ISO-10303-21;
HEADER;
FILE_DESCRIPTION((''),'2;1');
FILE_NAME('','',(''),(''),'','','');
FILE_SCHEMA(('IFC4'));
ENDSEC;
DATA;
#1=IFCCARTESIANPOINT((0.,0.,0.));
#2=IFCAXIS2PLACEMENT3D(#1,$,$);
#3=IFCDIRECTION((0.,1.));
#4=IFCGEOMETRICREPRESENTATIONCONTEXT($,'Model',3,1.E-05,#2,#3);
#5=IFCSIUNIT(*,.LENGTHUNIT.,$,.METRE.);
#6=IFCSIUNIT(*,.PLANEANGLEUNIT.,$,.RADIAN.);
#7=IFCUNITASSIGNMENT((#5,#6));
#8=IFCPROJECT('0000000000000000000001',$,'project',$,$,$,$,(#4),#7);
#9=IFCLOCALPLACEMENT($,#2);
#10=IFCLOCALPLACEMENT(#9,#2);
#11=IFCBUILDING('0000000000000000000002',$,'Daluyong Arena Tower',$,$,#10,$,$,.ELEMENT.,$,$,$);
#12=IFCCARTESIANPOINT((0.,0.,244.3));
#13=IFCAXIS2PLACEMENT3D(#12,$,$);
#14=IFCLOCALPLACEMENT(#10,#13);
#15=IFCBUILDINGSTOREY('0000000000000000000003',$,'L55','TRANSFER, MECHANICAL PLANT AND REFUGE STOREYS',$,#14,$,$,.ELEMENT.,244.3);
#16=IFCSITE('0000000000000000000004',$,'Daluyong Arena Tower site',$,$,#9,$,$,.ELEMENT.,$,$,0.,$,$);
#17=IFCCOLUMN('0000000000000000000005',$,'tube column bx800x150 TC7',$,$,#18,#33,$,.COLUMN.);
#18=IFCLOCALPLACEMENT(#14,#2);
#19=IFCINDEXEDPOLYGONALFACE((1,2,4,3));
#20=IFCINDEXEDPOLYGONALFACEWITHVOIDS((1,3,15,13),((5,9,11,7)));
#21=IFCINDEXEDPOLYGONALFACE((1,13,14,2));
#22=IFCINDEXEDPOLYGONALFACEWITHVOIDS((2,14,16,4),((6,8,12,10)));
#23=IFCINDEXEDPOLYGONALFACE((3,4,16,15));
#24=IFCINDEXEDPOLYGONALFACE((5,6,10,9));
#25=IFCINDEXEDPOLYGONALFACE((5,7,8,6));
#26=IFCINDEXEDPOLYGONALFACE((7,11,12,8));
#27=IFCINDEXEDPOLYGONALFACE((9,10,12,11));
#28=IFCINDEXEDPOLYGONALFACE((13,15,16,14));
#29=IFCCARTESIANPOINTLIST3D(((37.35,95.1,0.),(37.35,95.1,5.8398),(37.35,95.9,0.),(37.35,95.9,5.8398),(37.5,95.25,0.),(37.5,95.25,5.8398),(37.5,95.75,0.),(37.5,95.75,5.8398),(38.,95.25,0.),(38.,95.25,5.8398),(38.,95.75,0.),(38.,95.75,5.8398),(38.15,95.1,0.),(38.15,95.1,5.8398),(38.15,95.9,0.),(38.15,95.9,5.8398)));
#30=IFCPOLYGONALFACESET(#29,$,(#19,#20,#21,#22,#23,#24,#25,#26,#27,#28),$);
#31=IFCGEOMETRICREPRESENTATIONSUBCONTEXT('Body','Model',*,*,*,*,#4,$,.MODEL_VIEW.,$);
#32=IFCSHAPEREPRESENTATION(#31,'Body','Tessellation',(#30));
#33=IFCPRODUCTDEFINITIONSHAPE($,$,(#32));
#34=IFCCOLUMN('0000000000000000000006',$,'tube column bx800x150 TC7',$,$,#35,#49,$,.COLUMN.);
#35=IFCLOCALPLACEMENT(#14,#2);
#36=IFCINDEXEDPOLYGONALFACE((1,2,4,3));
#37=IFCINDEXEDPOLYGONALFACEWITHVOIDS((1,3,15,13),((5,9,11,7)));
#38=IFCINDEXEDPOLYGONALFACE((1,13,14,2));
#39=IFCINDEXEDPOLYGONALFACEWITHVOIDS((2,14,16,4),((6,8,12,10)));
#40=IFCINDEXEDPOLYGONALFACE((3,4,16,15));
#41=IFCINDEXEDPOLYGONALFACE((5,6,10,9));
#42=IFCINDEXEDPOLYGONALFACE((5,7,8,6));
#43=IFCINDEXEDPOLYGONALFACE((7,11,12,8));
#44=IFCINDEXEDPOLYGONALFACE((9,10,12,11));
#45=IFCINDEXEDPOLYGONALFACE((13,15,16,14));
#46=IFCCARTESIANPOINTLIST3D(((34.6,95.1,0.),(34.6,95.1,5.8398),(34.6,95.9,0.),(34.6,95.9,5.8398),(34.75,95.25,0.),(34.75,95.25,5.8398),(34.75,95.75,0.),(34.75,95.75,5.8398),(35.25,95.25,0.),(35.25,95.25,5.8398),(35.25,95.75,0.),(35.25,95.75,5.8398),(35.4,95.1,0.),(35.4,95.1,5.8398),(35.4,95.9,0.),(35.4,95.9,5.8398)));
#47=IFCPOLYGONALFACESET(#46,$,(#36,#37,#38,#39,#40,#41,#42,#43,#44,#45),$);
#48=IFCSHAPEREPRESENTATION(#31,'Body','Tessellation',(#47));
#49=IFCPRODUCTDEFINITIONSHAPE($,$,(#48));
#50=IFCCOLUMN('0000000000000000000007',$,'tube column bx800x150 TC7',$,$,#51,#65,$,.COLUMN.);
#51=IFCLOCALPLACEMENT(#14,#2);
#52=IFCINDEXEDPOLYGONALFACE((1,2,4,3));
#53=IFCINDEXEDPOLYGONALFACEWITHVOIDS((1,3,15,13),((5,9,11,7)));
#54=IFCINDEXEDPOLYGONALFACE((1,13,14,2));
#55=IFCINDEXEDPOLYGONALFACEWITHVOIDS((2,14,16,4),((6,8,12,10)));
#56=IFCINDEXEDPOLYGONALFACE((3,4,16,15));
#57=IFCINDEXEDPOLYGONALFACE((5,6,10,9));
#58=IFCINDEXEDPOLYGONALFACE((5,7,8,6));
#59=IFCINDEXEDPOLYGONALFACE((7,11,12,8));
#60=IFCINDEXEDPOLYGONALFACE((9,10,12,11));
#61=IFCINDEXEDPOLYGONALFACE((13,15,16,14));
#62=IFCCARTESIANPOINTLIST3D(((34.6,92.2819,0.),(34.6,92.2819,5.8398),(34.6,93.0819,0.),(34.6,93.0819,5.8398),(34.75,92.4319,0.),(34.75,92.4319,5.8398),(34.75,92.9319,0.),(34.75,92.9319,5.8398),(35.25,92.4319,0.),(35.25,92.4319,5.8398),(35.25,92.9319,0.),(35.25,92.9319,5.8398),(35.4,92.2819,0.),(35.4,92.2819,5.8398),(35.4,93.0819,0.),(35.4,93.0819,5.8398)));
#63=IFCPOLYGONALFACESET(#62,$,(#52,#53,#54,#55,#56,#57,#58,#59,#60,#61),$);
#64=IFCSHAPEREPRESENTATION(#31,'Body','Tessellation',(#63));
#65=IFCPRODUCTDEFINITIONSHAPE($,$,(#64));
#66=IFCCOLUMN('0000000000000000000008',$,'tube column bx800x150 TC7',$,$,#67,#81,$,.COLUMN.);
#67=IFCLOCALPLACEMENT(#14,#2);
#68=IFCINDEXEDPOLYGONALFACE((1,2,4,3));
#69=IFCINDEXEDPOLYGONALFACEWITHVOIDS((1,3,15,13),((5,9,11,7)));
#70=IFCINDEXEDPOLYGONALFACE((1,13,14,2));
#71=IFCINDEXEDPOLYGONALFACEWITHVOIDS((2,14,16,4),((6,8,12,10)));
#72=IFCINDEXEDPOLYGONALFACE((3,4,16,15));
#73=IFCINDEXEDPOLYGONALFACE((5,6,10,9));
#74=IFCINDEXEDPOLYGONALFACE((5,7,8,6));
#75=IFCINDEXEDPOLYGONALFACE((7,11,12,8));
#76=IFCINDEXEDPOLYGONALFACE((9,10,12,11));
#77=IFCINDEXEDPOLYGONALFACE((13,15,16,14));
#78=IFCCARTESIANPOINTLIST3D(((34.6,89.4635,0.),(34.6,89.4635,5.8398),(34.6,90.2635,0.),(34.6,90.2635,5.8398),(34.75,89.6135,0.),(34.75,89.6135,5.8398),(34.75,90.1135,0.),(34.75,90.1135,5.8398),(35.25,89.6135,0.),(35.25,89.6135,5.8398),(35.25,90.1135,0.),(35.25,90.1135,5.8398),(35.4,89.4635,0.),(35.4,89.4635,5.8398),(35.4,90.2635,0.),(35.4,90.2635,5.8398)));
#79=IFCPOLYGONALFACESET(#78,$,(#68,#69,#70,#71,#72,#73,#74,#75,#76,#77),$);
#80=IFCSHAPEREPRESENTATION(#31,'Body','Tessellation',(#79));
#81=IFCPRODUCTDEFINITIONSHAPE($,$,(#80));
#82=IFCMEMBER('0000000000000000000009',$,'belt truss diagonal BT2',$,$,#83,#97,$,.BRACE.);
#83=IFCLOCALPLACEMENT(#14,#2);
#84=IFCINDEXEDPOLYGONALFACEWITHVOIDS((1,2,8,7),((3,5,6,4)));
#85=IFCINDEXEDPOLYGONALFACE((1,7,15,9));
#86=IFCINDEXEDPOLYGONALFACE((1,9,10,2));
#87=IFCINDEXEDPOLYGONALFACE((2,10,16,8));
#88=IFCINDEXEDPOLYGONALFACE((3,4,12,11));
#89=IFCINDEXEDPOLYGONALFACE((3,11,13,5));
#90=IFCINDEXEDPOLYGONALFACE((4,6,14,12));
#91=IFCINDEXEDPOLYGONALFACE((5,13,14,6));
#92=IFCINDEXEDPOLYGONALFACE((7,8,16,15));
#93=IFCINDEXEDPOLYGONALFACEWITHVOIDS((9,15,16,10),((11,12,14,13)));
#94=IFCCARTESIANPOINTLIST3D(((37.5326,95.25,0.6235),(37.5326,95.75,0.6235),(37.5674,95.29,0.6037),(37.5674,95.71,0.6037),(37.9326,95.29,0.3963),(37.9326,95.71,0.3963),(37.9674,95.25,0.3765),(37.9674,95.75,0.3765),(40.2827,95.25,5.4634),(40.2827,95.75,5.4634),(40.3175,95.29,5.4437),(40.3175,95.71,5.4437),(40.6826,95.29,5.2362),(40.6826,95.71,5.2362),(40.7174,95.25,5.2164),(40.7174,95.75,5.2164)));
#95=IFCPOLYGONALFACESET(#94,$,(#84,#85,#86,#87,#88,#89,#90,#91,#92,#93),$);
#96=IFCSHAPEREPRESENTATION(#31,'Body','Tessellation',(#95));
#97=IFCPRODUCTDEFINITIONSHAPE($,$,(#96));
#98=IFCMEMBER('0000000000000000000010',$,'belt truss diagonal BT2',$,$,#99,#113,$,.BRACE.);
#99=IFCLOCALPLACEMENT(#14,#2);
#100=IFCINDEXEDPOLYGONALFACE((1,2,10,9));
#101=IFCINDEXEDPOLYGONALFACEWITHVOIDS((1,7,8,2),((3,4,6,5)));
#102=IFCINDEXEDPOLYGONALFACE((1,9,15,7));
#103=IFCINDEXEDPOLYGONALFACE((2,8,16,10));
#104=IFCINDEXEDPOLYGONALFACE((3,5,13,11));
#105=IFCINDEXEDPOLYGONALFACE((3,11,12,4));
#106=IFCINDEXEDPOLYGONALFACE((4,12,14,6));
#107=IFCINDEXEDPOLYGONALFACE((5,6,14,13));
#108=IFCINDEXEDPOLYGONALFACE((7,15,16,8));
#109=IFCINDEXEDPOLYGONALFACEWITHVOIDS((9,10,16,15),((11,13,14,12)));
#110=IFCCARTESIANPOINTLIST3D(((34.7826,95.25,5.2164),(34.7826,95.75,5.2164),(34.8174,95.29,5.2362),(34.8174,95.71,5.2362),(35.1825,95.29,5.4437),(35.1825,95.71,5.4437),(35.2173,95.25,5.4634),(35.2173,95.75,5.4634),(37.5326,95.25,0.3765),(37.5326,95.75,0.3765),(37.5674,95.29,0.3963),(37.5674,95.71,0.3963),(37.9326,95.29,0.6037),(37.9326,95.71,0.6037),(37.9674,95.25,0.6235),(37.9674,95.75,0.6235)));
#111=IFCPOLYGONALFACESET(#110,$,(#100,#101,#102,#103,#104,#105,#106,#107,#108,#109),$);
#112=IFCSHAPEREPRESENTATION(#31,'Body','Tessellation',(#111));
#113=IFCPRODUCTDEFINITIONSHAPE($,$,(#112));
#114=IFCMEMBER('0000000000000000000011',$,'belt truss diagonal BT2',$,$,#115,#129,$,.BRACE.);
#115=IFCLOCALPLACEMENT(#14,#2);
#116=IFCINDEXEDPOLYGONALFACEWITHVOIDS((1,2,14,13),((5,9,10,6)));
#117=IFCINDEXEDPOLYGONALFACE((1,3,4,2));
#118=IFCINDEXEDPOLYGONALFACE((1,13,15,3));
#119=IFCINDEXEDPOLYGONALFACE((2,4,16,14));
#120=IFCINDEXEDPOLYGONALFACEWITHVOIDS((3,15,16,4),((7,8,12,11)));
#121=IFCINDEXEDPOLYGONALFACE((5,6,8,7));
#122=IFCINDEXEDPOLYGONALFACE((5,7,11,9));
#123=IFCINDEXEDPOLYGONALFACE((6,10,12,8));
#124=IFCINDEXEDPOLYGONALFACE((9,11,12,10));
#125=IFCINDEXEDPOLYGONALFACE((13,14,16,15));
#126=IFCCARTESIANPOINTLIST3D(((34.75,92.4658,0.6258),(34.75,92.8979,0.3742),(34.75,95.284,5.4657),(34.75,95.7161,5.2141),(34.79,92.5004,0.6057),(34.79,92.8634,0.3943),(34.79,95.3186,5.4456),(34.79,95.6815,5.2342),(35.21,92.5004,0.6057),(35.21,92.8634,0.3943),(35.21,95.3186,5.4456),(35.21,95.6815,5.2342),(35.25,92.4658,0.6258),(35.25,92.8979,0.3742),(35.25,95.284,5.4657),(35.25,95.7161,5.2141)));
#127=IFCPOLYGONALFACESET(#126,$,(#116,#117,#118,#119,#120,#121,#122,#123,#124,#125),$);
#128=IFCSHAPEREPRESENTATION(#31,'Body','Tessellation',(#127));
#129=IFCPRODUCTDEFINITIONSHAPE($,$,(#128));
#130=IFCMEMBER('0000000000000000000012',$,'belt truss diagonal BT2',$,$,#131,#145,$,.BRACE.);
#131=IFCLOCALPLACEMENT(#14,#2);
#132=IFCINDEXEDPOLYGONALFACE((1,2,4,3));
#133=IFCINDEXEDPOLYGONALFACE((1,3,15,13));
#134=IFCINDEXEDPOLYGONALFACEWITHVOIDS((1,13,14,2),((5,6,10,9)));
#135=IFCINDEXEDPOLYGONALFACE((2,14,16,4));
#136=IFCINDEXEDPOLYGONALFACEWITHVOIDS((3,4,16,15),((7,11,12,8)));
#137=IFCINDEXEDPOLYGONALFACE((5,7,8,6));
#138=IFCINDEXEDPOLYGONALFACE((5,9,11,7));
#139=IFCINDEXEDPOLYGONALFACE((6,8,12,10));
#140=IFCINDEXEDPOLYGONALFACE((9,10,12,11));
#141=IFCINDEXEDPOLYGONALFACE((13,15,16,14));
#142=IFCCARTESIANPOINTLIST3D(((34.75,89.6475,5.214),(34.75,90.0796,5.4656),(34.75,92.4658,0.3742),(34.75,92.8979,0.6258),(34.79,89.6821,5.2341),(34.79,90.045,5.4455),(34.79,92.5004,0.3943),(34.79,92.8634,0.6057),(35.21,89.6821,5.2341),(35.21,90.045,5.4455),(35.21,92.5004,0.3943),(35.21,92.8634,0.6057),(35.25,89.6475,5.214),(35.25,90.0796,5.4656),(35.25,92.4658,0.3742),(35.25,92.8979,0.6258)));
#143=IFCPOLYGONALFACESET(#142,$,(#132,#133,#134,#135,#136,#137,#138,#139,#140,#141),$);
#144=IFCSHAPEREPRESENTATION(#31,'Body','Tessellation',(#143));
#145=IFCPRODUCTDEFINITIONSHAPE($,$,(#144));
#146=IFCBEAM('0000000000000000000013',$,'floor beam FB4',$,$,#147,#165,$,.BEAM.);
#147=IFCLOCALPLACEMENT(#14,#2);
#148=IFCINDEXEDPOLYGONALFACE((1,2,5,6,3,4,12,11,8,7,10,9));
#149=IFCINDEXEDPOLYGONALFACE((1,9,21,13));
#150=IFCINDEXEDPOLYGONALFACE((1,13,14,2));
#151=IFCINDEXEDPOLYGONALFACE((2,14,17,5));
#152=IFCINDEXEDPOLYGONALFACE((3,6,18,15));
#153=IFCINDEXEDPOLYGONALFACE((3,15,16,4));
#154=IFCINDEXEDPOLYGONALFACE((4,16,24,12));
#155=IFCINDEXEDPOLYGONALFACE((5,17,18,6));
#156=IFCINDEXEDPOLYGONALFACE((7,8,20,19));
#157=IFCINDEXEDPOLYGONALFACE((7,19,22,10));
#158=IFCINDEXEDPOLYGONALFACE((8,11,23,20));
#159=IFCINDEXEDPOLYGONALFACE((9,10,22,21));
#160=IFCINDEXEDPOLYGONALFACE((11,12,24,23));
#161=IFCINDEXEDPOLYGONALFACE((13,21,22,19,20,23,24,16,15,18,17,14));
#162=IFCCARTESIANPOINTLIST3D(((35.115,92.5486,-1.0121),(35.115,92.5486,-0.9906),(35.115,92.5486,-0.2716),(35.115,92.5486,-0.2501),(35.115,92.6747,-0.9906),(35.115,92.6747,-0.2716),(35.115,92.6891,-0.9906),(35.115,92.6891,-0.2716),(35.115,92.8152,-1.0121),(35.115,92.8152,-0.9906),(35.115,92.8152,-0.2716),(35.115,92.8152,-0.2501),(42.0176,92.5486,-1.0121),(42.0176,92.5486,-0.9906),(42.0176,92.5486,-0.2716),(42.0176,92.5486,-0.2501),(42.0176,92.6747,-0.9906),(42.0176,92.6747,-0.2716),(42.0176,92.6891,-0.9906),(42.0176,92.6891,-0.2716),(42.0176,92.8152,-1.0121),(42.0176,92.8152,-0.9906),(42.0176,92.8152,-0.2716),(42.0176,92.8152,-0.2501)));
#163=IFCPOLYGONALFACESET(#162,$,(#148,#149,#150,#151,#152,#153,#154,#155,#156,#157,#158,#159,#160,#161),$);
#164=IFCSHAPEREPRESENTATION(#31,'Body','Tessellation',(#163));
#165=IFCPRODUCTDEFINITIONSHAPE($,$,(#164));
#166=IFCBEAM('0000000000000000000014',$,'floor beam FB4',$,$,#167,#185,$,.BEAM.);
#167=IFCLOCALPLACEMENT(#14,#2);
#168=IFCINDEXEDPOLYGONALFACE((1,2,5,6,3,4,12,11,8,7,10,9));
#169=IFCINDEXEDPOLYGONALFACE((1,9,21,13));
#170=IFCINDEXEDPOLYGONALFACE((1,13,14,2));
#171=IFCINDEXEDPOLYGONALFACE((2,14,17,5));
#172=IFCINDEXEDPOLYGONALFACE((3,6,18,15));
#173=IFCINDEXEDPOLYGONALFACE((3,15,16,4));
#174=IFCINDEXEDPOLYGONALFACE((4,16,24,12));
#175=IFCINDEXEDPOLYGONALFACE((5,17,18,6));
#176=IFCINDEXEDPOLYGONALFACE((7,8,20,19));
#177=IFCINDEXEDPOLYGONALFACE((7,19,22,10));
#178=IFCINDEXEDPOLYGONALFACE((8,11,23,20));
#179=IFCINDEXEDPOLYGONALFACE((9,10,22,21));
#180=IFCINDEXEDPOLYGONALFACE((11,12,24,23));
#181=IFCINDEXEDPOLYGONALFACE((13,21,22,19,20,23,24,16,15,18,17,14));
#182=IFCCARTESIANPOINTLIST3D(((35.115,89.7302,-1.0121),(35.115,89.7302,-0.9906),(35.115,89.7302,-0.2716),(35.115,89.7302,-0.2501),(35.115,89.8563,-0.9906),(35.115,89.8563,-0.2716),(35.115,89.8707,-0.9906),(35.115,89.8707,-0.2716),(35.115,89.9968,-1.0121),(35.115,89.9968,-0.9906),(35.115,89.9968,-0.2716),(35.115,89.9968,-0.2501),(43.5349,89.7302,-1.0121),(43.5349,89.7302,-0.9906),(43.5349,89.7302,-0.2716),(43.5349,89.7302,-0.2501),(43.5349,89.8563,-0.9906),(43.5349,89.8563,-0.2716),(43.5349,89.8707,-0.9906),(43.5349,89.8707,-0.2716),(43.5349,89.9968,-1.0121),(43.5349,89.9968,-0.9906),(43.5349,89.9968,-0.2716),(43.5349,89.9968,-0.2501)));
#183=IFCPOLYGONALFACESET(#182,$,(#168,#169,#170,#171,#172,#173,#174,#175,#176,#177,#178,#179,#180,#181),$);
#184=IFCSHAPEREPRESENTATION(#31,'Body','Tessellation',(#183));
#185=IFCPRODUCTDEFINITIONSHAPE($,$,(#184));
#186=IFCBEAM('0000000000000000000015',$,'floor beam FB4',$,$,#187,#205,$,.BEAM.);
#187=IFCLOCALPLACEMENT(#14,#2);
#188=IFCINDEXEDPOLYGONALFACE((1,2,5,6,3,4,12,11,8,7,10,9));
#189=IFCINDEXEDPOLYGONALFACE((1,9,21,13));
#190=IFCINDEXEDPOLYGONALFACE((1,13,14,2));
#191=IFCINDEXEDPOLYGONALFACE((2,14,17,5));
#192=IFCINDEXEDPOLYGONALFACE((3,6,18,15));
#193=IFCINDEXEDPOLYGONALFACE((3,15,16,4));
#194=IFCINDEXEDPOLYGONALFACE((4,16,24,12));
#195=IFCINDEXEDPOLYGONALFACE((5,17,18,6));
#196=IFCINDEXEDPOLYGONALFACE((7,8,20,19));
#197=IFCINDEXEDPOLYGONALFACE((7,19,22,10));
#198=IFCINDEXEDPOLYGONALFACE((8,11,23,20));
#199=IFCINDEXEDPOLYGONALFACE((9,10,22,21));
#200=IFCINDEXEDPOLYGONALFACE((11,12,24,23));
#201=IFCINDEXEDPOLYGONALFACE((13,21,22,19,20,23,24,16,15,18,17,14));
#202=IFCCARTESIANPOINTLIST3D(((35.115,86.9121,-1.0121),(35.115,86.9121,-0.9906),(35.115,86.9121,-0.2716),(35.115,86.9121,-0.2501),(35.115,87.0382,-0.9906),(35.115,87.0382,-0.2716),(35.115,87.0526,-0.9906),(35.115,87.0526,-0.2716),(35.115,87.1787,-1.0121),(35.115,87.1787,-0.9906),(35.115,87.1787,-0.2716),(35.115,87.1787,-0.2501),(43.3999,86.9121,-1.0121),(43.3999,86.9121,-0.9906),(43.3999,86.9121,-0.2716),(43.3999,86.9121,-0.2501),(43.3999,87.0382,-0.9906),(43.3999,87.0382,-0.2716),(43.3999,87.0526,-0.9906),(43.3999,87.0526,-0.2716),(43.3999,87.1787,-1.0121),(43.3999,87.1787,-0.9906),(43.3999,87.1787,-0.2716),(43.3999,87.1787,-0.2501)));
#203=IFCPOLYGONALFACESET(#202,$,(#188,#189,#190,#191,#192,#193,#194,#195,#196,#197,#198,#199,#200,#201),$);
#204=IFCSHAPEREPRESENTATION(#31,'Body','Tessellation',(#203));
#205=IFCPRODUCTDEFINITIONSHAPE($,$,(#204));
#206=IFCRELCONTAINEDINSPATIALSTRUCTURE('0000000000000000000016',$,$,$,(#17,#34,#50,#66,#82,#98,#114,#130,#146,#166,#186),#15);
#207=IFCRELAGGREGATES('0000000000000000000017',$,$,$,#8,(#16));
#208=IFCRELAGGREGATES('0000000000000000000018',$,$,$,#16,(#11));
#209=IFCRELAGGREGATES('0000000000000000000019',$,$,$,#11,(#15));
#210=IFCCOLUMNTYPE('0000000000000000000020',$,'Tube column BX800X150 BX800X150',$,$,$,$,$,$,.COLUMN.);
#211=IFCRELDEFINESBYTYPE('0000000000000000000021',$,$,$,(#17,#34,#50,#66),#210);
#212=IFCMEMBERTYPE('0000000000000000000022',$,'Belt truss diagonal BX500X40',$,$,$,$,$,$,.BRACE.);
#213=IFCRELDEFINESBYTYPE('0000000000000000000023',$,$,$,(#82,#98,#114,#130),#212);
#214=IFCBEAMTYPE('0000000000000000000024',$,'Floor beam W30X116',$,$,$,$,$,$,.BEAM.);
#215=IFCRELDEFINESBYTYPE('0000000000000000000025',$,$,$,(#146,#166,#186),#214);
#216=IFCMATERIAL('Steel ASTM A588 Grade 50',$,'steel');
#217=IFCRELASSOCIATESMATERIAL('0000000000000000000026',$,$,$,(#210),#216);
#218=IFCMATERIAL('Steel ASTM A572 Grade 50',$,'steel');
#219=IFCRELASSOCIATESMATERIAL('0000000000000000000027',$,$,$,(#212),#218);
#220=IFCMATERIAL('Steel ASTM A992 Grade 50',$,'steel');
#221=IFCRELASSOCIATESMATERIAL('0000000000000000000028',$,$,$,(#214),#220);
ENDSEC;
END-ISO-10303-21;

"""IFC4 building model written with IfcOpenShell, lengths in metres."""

from ifc_helpers import new_model, si_unit, direction, frame, origin, origin_2d, place, context, subcontext, project, spatial, hollow_rectangle, i_section, extrude, material, material_profile, profile_set, type_object, element, save


model = new_model("IFC4")

# Units and contexts
model_context = context("Model", 3, precision=1e-05, world=origin(), true_north=direction((0.0, 1.0)))
body_context = subcontext(model_context, "Body", "Model", "MODEL_VIEW")
ifc_project = project(units=[si_unit("LENGTHUNIT", "METRE"), si_unit("PLANEANGLEUNIT", "RADIAN")], contexts=[model_context])

# Site, building, storey
site_placement = place(None, origin())
site = spatial("IfcSite", under=ifc_project, at=site_placement, Name="Daluyong Arena Tower site", CompositionType="ELEMENT", RefElevation=0.0)
building_placement = place(site_placement, origin())
building = spatial("IfcBuilding", under=site, at=building_placement, Name="Daluyong Arena Tower", CompositionType="ELEMENT")
storey_placement = place(building_placement, frame((0.0, 0.0, 244.3)))
storey = spatial("IfcBuildingStorey", under=building, at=storey_placement, Name="L55", Description="TRANSFER, MECHANICAL PLANT AND REFUGE STOREYS", CompositionType="ELEMENT", Elevation=244.3)

# Columns
ifc_material_1 = material(Name="Steel ASTM A588 Grade 50", Category="steel")
ifc_material_profile_1 = material_profile(ifc_material_1, hollow_rectangle(XDim=0.8, YDim=0.8, WallThickness=0.15, at=origin_2d()))
ifc_profile_set_1 = profile_set([ifc_material_profile_1], Name="Steel ASTM A588 Grade 50")
column_type = type_object("IfcColumnType", Name="Tube column BX800X150 BX800X150", PredefinedType="COLUMN", material=ifc_profile_set_1)
for number, where, z_axis, x_axis, name in (
    (1, (37.75, 95.5, 0.0), (0.0, 0.0, 1.0), (1.0, 0.0, 0.0), "tube column bx800x150 TC7"),
    (2, (35.0, 95.5, 0.0), (0.0, 0.0, 1.0), (0.0, 1.0, 0.0), "tube column bx800x150 TC7"),
    (3, (35.0, 92.6819, 0.0), (0.0, 0.0, 1.0), (0.0, 1.0, 0.0), "tube column bx800x150 TC7"),
    (4, (35.0, 89.8635, 0.0), (0.0, 0.0, 1.0), (0.0, 1.0, 0.0), "tube column bx800x150 TC7"),
):
    element("IfcColumn", number, at=place(storey_placement, frame(where, z_axis=z_axis, x_axis=x_axis)), inside=storey, type_object=column_type, Name=name, PredefinedType="COLUMN", context=body_context, shape_type="SweptSolid", body=[
        extrude(hollow_rectangle(XDim=0.8, YDim=0.8, WallThickness=0.15, at=origin_2d()), origin(), (0.0, 0.0, 1.0), 5.8398),
    ])

# Members
ifc_material_2 = material(Name="Steel ASTM A572 Grade 50", Category="steel")
ifc_material_profile_2 = material_profile(ifc_material_2, hollow_rectangle(XDim=0.5, YDim=0.5, WallThickness=0.04, at=origin_2d()))
ifc_profile_set_2 = profile_set([ifc_material_profile_2], Name="Steel ASTM A572 Grade 50")
member_type = type_object("IfcMemberType", Name="Belt truss diagonal BX500X40", PredefinedType="BRACE", material=ifc_profile_set_2)
for number, where, z_axis, x_axis, name in (
    (5, (37.75, 95.5, 0.5), (0.494021, 0.0, 0.86945), (0.0, 1.0, 0.0), "belt truss diagonal BT2"),
    (6, (37.75, 95.5, 0.5), (-0.494021, 0.0, 0.86945), (0.0, -1.0, 0.0), "belt truss diagonal BT2"),
):
    element("IfcMember", number, at=place(storey_placement, frame(where, z_axis=z_axis, x_axis=x_axis)), inside=storey, type_object=member_type, Name=name, PredefinedType="BRACE", context=body_context, shape_type="SweptSolid", body=[
        extrude(hollow_rectangle(XDim=0.5, YDim=0.5, WallThickness=0.04, at=origin_2d()), origin(), (0.0, 0.0, 1.0), 5.5667),
    ])
for number, where, z_axis, x_axis, name in (
    (7, (35.0, 92.6819, 0.5), (0.0, 0.503188, 0.864177), (-1.0, 0.0, 0.0), "belt truss diagonal BT2"),
    (8, (35.0, 92.6819, 0.5), (0.0, -0.50322, 0.864158), (1.0, 0.0, 0.0), "belt truss diagonal BT2"),
):
    element("IfcMember", number, at=place(storey_placement, frame(where, z_axis=z_axis, x_axis=x_axis)), inside=storey, type_object=member_type, Name=name, PredefinedType="BRACE", context=body_context, shape_type="SweptSolid", body=[
        extrude(hollow_rectangle(XDim=0.5, YDim=0.5, WallThickness=0.04, at=origin_2d()), origin(), (0.0, 0.0, 1.0), 5.6006),
    ])

# Beams
ifc_material_3 = material(Name="Steel ASTM A992 Grade 50", Category="steel")
ifc_material_profile_3 = material_profile(ifc_material_3, i_section(OverallWidth=0.2666, OverallDepth=0.762, WebThickness=0.0144, FlangeThickness=0.0215, at=origin_2d()))
ifc_profile_set_3 = profile_set([ifc_material_profile_3], Name="Steel ASTM A992 Grade 50")
beam_type_1 = type_object("IfcBeamType", Name="Floor beam W30X116", PredefinedType="BEAM", material=ifc_profile_set_3)
beam_1_placement = place(storey_placement, frame((35.115, 92.6819, -0.6311), z_axis=(1.0, 0.0, 0.0), x_axis=(0.0, 1.0, 0.0)))
element("IfcBeam", 9, at=beam_1_placement, inside=storey, type_object=beam_type_1, Name="floor beam FB4", PredefinedType="BEAM", context=body_context, shape_type="SweptSolid", body=[
    extrude(i_section(OverallWidth=0.2666, OverallDepth=0.762, WebThickness=0.0144, FlangeThickness=0.0215, at=origin_2d()), origin(), (0.0, 0.0, 1.0), 6.9026),
])
beam_2_placement = place(storey_placement, frame((35.115, 89.8635, -0.6311), z_axis=(1.0, 0.0, 0.0), x_axis=(0.0, 1.0, 0.0)))
element("IfcBeam", 10, at=beam_2_placement, inside=storey, type_object=beam_type_1, Name="floor beam FB4", PredefinedType="BEAM", context=body_context, shape_type="SweptSolid", body=[
    extrude(i_section(OverallWidth=0.2666, OverallDepth=0.762, WebThickness=0.0144, FlangeThickness=0.0215, at=origin_2d()), origin(), (0.0, 0.0, 1.0), 8.4199),
])
for number, where, z_axis, x_axis, name in (
    (11, (35.115, 87.0454, -0.6311), (1.0, 0.0, 0.0), (0.0, 1.0, 0.0), "floor beam FB4"),
):
    element("IfcBeam", number, at=place(storey_placement, frame(where, z_axis=z_axis, x_axis=x_axis)), inside=storey, type_object=beam_type_1, Name=name, PredefinedType="BEAM", context=body_context, shape_type="SweptSolid", body=[
        extrude(i_section(OverallWidth=0.2666, OverallDepth=0.762, WebThickness=0.0144, FlangeThickness=0.0215, at=origin_2d()), origin(), (0.0, 0.0, 1.0), 8.2849),
    ])

save(model, "model.ifc")
